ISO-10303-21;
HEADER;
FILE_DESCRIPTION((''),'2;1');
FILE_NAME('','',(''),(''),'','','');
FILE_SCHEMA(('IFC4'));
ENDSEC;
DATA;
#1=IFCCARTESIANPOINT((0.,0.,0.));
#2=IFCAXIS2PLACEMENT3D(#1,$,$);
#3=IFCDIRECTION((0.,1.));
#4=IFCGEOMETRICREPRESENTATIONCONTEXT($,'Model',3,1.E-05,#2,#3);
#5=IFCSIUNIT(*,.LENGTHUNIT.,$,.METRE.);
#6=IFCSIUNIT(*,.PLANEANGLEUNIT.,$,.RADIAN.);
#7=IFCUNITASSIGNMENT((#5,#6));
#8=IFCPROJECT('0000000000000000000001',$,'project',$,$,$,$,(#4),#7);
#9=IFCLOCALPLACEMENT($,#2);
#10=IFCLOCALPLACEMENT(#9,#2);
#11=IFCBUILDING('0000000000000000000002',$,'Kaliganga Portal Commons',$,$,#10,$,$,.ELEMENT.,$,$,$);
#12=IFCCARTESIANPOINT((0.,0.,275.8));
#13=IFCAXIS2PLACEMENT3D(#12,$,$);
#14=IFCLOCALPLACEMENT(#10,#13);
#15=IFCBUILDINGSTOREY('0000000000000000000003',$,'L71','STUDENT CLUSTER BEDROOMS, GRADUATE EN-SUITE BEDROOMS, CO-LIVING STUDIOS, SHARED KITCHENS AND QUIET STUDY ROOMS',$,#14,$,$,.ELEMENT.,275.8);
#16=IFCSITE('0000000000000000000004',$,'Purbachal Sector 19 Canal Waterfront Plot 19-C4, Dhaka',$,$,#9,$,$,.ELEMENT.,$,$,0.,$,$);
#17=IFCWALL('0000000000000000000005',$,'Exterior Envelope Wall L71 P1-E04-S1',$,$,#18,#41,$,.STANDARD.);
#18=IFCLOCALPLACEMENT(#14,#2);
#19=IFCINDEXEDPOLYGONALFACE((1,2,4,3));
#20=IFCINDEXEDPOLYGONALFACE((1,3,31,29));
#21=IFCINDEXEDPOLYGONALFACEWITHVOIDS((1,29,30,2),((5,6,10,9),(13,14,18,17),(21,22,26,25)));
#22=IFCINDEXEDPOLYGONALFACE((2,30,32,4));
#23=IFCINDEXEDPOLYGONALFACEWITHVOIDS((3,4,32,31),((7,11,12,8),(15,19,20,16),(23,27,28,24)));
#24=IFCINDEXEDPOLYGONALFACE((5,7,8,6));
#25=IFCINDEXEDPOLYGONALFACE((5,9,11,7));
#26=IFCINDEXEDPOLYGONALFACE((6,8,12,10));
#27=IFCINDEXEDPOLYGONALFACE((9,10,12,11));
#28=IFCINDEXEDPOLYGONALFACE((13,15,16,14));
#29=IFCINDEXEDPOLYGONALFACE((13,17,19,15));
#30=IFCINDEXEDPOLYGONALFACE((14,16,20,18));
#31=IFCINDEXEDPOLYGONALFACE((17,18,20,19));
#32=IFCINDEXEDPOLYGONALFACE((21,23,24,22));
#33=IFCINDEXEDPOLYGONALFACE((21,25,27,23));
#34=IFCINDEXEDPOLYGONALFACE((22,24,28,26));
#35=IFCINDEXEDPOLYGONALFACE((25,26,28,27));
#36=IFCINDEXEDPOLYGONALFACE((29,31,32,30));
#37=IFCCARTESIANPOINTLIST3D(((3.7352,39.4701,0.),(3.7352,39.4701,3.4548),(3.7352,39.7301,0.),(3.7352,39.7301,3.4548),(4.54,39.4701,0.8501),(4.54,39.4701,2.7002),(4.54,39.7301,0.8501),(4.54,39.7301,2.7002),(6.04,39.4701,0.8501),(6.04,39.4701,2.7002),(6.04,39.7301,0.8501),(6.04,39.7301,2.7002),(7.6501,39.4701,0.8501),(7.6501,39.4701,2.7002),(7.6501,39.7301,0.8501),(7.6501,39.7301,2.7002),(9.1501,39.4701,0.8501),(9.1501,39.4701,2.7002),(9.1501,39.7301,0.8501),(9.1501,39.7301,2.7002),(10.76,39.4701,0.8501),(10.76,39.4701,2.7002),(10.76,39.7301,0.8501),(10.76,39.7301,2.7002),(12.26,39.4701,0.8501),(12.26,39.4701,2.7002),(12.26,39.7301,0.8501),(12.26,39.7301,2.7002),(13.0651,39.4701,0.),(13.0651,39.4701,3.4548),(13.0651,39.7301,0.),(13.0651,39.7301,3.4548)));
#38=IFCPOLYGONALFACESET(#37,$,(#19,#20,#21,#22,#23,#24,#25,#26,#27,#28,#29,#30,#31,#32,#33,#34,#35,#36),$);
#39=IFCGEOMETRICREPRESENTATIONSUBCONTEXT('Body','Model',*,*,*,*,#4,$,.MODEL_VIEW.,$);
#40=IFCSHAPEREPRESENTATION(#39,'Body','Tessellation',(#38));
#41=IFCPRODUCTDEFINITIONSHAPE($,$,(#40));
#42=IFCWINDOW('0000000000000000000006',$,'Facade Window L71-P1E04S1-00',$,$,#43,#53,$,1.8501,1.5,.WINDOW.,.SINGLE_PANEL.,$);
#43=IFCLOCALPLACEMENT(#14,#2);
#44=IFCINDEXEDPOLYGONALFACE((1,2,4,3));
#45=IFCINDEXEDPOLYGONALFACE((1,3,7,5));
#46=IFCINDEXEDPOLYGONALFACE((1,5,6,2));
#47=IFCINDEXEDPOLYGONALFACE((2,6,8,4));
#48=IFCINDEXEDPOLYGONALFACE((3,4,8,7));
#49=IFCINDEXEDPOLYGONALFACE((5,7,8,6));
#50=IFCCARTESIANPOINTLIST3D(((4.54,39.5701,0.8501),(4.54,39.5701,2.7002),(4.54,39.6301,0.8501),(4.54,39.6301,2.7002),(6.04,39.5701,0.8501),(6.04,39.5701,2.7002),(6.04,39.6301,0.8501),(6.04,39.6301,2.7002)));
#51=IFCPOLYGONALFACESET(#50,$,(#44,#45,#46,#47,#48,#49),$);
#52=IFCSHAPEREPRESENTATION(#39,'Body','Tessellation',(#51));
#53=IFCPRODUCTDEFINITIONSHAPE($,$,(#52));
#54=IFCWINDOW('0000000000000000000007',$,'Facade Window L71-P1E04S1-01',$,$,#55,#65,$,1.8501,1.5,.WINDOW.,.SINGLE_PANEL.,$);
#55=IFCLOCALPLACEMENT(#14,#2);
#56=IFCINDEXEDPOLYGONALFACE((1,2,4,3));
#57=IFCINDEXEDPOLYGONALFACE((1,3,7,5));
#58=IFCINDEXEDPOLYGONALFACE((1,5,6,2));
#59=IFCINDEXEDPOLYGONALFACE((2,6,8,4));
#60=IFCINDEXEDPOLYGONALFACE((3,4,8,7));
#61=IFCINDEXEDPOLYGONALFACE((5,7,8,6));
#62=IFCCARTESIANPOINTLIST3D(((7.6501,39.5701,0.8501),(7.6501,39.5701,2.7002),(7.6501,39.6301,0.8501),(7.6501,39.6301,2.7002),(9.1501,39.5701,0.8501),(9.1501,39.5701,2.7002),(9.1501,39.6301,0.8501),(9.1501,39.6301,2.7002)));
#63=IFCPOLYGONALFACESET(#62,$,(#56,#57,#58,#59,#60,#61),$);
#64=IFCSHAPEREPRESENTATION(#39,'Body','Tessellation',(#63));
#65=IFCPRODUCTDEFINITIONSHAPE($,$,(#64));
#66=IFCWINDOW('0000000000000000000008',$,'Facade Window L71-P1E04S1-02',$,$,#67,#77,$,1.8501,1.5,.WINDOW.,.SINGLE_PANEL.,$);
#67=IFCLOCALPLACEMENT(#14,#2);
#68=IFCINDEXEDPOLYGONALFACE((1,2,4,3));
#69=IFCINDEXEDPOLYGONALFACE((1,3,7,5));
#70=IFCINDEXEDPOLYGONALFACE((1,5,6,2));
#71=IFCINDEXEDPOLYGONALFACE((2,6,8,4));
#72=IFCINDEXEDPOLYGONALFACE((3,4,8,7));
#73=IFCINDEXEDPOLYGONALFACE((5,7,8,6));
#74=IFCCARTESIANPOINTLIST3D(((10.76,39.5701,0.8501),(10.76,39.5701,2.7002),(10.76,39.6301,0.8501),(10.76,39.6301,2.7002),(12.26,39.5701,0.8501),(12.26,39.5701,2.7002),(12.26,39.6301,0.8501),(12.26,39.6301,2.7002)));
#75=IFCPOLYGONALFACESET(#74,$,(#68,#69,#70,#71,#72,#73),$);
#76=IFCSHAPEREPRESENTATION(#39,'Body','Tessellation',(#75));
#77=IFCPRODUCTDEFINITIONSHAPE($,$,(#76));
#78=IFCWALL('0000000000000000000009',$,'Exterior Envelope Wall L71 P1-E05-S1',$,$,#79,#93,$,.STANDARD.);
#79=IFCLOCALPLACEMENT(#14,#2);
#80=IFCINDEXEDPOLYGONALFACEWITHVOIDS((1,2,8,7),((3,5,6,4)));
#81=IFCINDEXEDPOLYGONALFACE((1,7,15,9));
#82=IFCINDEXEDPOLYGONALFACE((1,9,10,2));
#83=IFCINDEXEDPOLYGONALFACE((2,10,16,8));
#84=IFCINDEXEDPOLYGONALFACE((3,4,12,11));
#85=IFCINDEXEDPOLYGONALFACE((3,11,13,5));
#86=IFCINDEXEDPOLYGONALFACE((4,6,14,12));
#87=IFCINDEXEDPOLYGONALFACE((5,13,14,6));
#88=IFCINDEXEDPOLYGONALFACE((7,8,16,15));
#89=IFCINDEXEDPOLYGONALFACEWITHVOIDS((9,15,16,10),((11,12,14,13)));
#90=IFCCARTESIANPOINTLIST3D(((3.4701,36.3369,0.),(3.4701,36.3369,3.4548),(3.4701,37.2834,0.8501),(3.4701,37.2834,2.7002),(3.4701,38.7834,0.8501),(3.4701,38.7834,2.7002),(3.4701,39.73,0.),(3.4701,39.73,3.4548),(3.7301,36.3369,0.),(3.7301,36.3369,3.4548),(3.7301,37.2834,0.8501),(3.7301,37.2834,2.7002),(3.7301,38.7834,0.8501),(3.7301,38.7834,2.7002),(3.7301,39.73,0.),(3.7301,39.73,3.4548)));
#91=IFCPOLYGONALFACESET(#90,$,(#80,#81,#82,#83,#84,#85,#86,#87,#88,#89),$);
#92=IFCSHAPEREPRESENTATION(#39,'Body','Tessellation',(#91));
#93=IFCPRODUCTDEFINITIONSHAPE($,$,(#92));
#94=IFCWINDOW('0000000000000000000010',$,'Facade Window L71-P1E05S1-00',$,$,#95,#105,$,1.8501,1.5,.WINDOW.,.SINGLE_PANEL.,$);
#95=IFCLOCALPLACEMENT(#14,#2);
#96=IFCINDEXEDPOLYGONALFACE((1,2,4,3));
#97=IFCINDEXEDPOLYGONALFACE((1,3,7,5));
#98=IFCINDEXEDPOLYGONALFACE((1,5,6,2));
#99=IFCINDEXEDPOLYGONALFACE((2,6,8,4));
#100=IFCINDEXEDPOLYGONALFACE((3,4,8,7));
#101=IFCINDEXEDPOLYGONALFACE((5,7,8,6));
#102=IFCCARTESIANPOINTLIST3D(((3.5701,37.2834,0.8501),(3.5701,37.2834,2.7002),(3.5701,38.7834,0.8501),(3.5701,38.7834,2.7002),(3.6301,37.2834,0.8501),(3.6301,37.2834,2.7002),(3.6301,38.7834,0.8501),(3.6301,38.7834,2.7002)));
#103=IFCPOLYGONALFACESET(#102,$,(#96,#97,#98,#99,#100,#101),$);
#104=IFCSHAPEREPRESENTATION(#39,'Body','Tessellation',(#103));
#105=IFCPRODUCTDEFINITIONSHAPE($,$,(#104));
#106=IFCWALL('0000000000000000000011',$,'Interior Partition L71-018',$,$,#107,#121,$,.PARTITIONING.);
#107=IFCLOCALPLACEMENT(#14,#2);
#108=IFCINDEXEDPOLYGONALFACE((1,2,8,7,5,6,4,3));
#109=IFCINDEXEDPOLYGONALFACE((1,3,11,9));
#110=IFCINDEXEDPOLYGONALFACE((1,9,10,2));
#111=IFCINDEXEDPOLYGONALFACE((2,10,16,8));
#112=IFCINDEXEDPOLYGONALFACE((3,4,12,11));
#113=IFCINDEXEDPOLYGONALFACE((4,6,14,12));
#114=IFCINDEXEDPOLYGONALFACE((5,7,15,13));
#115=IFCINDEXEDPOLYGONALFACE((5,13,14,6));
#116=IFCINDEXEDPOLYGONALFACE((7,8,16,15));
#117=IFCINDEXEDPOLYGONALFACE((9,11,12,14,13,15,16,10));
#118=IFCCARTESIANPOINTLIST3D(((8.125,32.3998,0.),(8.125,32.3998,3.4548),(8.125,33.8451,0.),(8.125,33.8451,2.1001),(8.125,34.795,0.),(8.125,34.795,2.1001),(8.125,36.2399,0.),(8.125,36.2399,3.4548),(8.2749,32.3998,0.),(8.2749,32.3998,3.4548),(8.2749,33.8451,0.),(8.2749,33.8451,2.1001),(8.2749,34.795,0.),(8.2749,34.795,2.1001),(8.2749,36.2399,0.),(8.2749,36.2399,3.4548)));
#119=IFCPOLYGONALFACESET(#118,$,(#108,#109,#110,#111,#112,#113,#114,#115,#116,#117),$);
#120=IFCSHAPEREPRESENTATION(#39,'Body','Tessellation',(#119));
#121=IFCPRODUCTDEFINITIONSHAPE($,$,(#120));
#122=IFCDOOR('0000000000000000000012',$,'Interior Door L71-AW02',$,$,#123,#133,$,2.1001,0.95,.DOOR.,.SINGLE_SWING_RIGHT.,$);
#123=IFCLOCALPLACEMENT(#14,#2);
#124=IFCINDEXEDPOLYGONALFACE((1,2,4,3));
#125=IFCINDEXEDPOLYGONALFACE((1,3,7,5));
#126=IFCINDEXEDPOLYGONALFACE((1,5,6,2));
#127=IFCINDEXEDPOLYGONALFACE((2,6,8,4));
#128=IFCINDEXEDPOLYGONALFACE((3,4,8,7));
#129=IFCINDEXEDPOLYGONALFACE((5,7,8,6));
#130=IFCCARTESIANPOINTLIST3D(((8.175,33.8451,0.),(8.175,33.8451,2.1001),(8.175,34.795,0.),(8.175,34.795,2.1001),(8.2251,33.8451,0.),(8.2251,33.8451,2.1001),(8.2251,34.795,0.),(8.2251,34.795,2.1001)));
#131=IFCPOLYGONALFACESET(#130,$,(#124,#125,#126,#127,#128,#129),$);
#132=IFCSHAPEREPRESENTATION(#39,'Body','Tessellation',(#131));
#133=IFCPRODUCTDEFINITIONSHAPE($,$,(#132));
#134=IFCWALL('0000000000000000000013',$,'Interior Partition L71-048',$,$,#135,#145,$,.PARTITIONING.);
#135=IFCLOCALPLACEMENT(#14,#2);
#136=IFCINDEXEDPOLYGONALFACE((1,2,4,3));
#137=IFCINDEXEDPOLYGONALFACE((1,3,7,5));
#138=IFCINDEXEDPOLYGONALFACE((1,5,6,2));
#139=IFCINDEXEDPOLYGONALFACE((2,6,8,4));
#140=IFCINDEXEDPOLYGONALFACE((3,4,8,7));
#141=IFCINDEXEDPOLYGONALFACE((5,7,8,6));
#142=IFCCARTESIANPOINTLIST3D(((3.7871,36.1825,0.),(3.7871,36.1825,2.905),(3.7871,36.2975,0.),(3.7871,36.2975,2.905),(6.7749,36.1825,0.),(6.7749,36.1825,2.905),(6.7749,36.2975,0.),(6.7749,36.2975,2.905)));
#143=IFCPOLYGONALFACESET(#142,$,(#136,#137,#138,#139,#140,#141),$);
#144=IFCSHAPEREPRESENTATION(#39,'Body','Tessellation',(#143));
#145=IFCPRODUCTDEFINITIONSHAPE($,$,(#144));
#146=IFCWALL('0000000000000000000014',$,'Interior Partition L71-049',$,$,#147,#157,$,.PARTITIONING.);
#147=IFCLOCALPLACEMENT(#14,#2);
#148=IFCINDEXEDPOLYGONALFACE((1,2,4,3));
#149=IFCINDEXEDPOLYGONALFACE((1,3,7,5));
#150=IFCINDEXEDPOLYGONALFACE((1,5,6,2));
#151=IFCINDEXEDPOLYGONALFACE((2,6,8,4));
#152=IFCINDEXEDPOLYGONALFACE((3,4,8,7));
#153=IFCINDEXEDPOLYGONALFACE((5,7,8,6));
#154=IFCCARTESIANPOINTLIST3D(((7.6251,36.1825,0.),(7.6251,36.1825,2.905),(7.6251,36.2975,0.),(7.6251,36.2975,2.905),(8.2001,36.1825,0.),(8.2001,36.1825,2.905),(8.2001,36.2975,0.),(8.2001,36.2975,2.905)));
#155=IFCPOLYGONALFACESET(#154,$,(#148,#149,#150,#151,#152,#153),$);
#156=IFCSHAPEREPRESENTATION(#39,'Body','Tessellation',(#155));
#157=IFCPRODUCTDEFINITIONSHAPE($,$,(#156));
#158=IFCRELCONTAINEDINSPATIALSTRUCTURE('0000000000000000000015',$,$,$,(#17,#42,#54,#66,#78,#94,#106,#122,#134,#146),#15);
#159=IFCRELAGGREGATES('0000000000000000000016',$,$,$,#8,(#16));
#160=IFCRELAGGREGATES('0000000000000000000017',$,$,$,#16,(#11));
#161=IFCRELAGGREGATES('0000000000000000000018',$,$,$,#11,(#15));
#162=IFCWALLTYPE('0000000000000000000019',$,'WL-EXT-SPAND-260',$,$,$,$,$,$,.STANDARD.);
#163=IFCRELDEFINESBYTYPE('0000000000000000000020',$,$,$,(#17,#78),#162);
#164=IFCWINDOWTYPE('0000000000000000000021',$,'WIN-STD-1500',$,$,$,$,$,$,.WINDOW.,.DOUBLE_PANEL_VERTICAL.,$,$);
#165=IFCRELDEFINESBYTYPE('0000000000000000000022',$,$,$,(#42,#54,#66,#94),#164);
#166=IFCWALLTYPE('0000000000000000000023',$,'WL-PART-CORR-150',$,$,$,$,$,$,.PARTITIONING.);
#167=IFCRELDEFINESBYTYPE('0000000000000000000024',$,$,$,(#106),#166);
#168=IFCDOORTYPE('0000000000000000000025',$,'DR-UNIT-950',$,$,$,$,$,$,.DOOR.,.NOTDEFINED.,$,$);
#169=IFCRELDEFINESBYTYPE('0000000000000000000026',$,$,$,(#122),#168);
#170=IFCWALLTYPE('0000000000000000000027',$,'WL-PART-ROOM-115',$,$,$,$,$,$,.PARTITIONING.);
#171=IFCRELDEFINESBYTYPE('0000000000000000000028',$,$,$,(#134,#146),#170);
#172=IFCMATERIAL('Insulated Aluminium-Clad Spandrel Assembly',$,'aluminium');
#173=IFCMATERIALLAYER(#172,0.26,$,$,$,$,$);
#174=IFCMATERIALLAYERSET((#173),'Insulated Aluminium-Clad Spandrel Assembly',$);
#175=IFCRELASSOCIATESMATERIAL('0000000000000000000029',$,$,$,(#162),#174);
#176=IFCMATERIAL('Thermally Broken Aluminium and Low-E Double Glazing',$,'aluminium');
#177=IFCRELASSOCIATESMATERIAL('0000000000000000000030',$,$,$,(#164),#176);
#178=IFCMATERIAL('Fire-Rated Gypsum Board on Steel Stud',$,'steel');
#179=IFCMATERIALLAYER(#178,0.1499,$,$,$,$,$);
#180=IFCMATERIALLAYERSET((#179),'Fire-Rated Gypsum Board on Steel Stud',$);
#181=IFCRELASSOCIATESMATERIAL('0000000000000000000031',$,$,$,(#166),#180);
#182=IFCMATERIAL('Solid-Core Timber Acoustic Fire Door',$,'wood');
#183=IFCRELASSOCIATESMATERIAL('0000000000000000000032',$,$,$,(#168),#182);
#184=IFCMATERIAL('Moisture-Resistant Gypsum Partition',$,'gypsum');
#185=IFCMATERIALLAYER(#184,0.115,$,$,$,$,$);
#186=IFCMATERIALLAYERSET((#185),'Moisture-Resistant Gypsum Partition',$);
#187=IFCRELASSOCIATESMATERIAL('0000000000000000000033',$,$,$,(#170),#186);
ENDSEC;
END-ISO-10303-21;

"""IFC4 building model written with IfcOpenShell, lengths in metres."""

from ifc_helpers import new_model, si_unit, direction, frame, frame_2d, origin, place, context, subcontext, project, spatial, rectangle, extrude, material, layer, layer_set, type_object, element, fill, save


model = new_model("IFC4")

# Units and contexts
model_context = context("Model", 3, precision=1e-05, world=origin(), true_north=direction((0.0, 1.0)))
body_context = subcontext(model_context, "Body", "Model", "MODEL_VIEW")
ifc_project = project(units=[si_unit("LENGTHUNIT", "METRE"), si_unit("PLANEANGLEUNIT", "RADIAN")], contexts=[model_context])

# Site, building, storey
site_placement = place(None, origin())
site = spatial("IfcSite", under=ifc_project, at=site_placement, Name="Purbachal Sector 19 Canal Waterfront Plot 19-C4, Dhaka", CompositionType="ELEMENT", RefElevation=0.0)
building_placement = place(site_placement, origin())
building = spatial("IfcBuilding", under=site, at=building_placement, Name="Kaliganga Portal Commons", CompositionType="ELEMENT")
storey_placement = place(building_placement, frame((0.0, 0.0, 275.8)))
storey = spatial("IfcBuildingStorey", under=building, at=storey_placement, Name="L71", Description="STUDENT CLUSTER BEDROOMS, GRADUATE EN-SUITE BEDROOMS, CO-LIVING STUDIOS, SHARED KITCHENS AND QUIET STUDY ROOMS", CompositionType="ELEMENT", Elevation=275.8)

# Wall, openings, windows
ifc_material_1 = material(Name="Insulated Aluminium-Clad Spandrel Assembly", Category="aluminium")
ifc_layer_1 = layer(ifc_material_1, 0.26)
ifc_layer_set_1 = layer_set([ifc_layer_1], Name="Insulated Aluminium-Clad Spandrel Assembly")
wall_type_1 = type_object("IfcWallType", Name="WL-EXT-SPAND-260", PredefinedType="STANDARD", material=ifc_layer_set_1)
wall_1_placement = place(storey_placement, frame((3.7351, 39.6001, 0.0), z_axis=(0.0, 0.0, 1.0), x_axis=(1.0, 0.0, 0.0)))
wall_1 = element("IfcWall", 1, at=wall_1_placement, inside=storey, type_object=wall_type_1, Name="Exterior Envelope Wall L71 P1-E04-S1", PredefinedType="STANDARD", context=body_context, shape_type="SweptSolid", body=[
    extrude(rectangle(XDim=9.3298, YDim=0.26, at=frame_2d((4.665, 0.0))), origin(), (0.0, 0.0, 1.0), 3.4548),
])
opening_1_placement = place(wall_1_placement, frame((0.8049, 0.0, 0.8501)))
opening_1 = element("IfcOpeningElement", 2, at=opening_1_placement, cuts=wall_1, PredefinedType="OPENING", context=body_context, shape_type="SweptSolid", body=[
    extrude(rectangle(XDim=1.5, YDim=1.8501, at=frame_2d((0.75, 0.925))), frame((0.0, 0.1401, 0.0), z_axis=(0.0, -1.0, 0.0), x_axis=(1.0, 0.0, 0.0)), (0.0, 0.0, 1.0), 0.28),
])
opening_2_placement = place(wall_1_placement, frame((3.915, 0.0, 0.8501)))
opening_2 = element("IfcOpeningElement", 3, at=opening_2_placement, cuts=wall_1, PredefinedType="OPENING", context=body_context, shape_type="SweptSolid", body=[
    extrude(rectangle(XDim=1.5, YDim=1.8501, at=frame_2d((0.75, 0.925))), frame((0.0, 0.1401, 0.0), z_axis=(0.0, -1.0, 0.0), x_axis=(1.0, 0.0, 0.0)), (0.0, 0.0, 1.0), 0.28),
])
opening_3_placement = place(wall_1_placement, frame((7.0249, 0.0, 0.8501)))
opening_3 = element("IfcOpeningElement", 4, at=opening_3_placement, cuts=wall_1, PredefinedType="OPENING", context=body_context, shape_type="SweptSolid", body=[
    extrude(rectangle(XDim=1.5, YDim=1.8501, at=frame_2d((0.75, 0.925))), frame((0.0, 0.1401, 0.0), z_axis=(0.0, -1.0, 0.0), x_axis=(1.0, 0.0, 0.0)), (0.0, 0.0, 1.0), 0.28),
])
ifc_material_2 = material(Name="Thermally Broken Aluminium and Low-E Double Glazing", Category="aluminium")
window_type = type_object("IfcWindowType", Name="WIN-STD-1500", PartitioningType="DOUBLE_PANEL_VERTICAL", PredefinedType="WINDOW", material=ifc_material_2)
window_1_placement = place(opening_1_placement, origin())
window_1 = element("IfcWindow", 5, at=window_1_placement, inside=storey, type_object=window_type, Name="Facade Window L71-P1E04S1-00", OverallHeight=1.8501, OverallWidth=1.5, PartitioningType="SINGLE_PANEL", PredefinedType="WINDOW", context=body_context, shape_type="SweptSolid", body=[
    extrude(rectangle(XDim=1.5, YDim=1.8501, at=frame_2d((0.75, 0.925))), frame((0.0, 0.03, 0.0), z_axis=(0.0, -1.0, 0.0), x_axis=(1.0, 0.0, 0.0)), (0.0, 0.0, 1.0), 0.0601),
])
fill(opening_1, window_1)
window_2_placement = place(opening_2_placement, origin())
window_2 = element("IfcWindow", 6, at=window_2_placement, inside=storey, type_object=window_type, Name="Facade Window L71-P1E04S1-01", OverallHeight=1.8501, OverallWidth=1.5, PartitioningType="SINGLE_PANEL", PredefinedType="WINDOW", context=body_context, shape_type="SweptSolid", body=[
    extrude(rectangle(XDim=1.5, YDim=1.8501, at=frame_2d((0.75, 0.925))), frame((0.0, 0.03, 0.0), z_axis=(0.0, -1.0, 0.0), x_axis=(1.0, 0.0, 0.0)), (0.0, 0.0, 1.0), 0.0601),
])
fill(opening_2, window_2)
window_3_placement = place(opening_3_placement, origin())
window_3 = element("IfcWindow", 7, at=window_3_placement, inside=storey, type_object=window_type, Name="Facade Window L71-P1E04S1-02", OverallHeight=1.8501, OverallWidth=1.5, PartitioningType="SINGLE_PANEL", PredefinedType="WINDOW", context=body_context, shape_type="SweptSolid", body=[
    extrude(rectangle(XDim=1.5, YDim=1.8501, at=frame_2d((0.75, 0.925))), frame((0.0, 0.03, 0.0), z_axis=(0.0, -1.0, 0.0), x_axis=(1.0, 0.0, 0.0)), (0.0, 0.0, 1.0), 0.0601),
])
fill(opening_3, window_3)

# Wall, opening, window
wall_2_placement = place(storey_placement, frame((3.6001, 36.3369, 0.0), z_axis=(0.0, 0.0, 1.0), x_axis=(0.0, 1.0, 0.0)))
wall_2 = element("IfcWall", 8, at=wall_2_placement, inside=storey, type_object=wall_type_1, Name="Exterior Envelope Wall L71 P1-E05-S1", PredefinedType="STANDARD", context=body_context, shape_type="SweptSolid", body=[
    extrude(rectangle(XDim=3.3931, YDim=0.26, at=frame_2d((1.6965, 0.0))), origin(), (0.0, 0.0, 1.0), 3.4548),
])
opening_4_placement = place(wall_2_placement, frame((0.9465, 0.0, 0.8501)))
opening_4 = element("IfcOpeningElement", 9, at=opening_4_placement, cuts=wall_2, PredefinedType="OPENING", context=body_context, shape_type="SweptSolid", body=[
    extrude(rectangle(XDim=1.5, YDim=1.8501, at=frame_2d((0.75, 0.925))), frame((0.0, 0.1401, 0.0), z_axis=(0.0, -1.0, 0.0), x_axis=(1.0, 0.0, 0.0)), (0.0, 0.0, 1.0), 0.28),
])
window_4_placement = place(opening_4_placement, origin())
window_4 = element("IfcWindow", 10, at=window_4_placement, inside=storey, type_object=window_type, Name="Facade Window L71-P1E05S1-00", OverallHeight=1.8501, OverallWidth=1.5, PartitioningType="SINGLE_PANEL", PredefinedType="WINDOW", context=body_context, shape_type="SweptSolid", body=[
    extrude(rectangle(XDim=1.5, YDim=1.8501, at=frame_2d((0.75, 0.925))), frame((0.0, 0.03, 0.0), z_axis=(0.0, -1.0, 0.0), x_axis=(1.0, 0.0, 0.0)), (0.0, 0.0, 1.0), 0.0601),
])
fill(opening_4, window_4)

# Wall, opening, door
ifc_material_3 = material(Name="Fire-Rated Gypsum Board on Steel Stud", Category="steel")
ifc_layer_2 = layer(ifc_material_3, 0.1499)
ifc_layer_set_2 = layer_set([ifc_layer_2], Name="Fire-Rated Gypsum Board on Steel Stud")
wall_type_2 = type_object("IfcWallType", Name="WL-PART-CORR-150", PredefinedType="PARTITIONING", material=ifc_layer_set_2)
wall_3_placement = place(storey_placement, frame((8.2, 32.3999, 0.0), z_axis=(0.0, 0.0, 1.0), x_axis=(0.0, 1.0, 0.0)))
wall_3 = element("IfcWall", 11, at=wall_3_placement, inside=storey, type_object=wall_type_2, Name="Interior Partition L71-018", PredefinedType="PARTITIONING", context=body_context, shape_type="SweptSolid", body=[
    extrude(rectangle(XDim=3.8401, YDim=0.1499, at=frame_2d((1.9199, 0.0))), origin(), (0.0, 0.0, 1.0), 3.4548),
])
opening_5_placement = place(wall_3_placement, frame((1.4451, 0.0, 0.0)))
opening_5 = element("IfcOpeningElement", 12, at=opening_5_placement, cuts=wall_3, PredefinedType="OPENING", context=body_context, shape_type="SweptSolid", body=[
    extrude(rectangle(XDim=0.95, YDim=2.1001, at=frame_2d((0.4751, 1.05))), frame((0.0, 0.085, 0.0), z_axis=(0.0, -1.0, 0.0), x_axis=(1.0, 0.0, 0.0)), (0.0, 0.0, 1.0), 0.1699),
])
ifc_material_4 = material(Name="Solid-Core Timber Acoustic Fire Door", Category="wood")
door_type_1 = type_object("IfcDoorType", Name="DR-UNIT-950", OperationType="NOTDEFINED", PredefinedType="DOOR", material=ifc_material_4)
door_1_placement = place(opening_5_placement, origin())
door_1 = element("IfcDoor", 13, at=door_1_placement, inside=storey, type_object=door_type_1, Name="Interior Door L71-AW02", OperationType="SINGLE_SWING_RIGHT", OverallHeight=2.1001, OverallWidth=0.95, PredefinedType="DOOR", context=body_context, shape_type="SweptSolid", body=[
    extrude(rectangle(XDim=0.95, YDim=2.1001, at=frame_2d((0.4751, 1.05))), frame((0.0, 0.0249, 0.0), z_axis=(0.0, -1.0, 0.0), x_axis=(1.0, 0.0, 0.0)), (0.0, 0.0, 1.0), 0.05),
])
fill(opening_5, door_1)

# Walls
ifc_material_5 = material(Name="Moisture-Resistant Gypsum Partition", Category="gypsum")
ifc_layer_3 = layer(ifc_material_5, 0.115)
ifc_layer_set_3 = layer_set([ifc_layer_3], Name="Moisture-Resistant Gypsum Partition")
wall_type_3 = type_object("IfcWallType", Name="WL-PART-ROOM-115", PredefinedType="PARTITIONING", material=ifc_layer_set_3)
wall_4_placement = place(storey_placement, frame((3.7871, 36.24, 0.0), z_axis=(0.0, 0.0, 1.0), x_axis=(1.0, 0.0, 0.0)))
element("IfcWall", 14, at=wall_4_placement, inside=storey, type_object=wall_type_3, Name="Interior Partition L71-048", PredefinedType="PARTITIONING", context=body_context, shape_type="SweptSolid", body=[
    extrude(rectangle(XDim=2.9878, YDim=0.115, at=frame_2d((1.4939, 0.0))), origin(), (0.0, 0.0, 1.0), 2.905),
])
wall_5_placement = place(storey_placement, frame((7.625, 36.24, 0.0), z_axis=(0.0, 0.0, 1.0), x_axis=(1.0, 0.0, 0.0)))
element("IfcWall", 15, at=wall_5_placement, inside=storey, type_object=wall_type_3, Name="Interior Partition L71-049", PredefinedType="PARTITIONING", context=body_context, shape_type="SweptSolid", body=[
    extrude(rectangle(XDim=0.575, YDim=0.115, at=frame_2d((0.2876, 0.0))), origin(), (0.0, 0.0, 1.0), 2.905),
])

save(model, "model.ifc")
